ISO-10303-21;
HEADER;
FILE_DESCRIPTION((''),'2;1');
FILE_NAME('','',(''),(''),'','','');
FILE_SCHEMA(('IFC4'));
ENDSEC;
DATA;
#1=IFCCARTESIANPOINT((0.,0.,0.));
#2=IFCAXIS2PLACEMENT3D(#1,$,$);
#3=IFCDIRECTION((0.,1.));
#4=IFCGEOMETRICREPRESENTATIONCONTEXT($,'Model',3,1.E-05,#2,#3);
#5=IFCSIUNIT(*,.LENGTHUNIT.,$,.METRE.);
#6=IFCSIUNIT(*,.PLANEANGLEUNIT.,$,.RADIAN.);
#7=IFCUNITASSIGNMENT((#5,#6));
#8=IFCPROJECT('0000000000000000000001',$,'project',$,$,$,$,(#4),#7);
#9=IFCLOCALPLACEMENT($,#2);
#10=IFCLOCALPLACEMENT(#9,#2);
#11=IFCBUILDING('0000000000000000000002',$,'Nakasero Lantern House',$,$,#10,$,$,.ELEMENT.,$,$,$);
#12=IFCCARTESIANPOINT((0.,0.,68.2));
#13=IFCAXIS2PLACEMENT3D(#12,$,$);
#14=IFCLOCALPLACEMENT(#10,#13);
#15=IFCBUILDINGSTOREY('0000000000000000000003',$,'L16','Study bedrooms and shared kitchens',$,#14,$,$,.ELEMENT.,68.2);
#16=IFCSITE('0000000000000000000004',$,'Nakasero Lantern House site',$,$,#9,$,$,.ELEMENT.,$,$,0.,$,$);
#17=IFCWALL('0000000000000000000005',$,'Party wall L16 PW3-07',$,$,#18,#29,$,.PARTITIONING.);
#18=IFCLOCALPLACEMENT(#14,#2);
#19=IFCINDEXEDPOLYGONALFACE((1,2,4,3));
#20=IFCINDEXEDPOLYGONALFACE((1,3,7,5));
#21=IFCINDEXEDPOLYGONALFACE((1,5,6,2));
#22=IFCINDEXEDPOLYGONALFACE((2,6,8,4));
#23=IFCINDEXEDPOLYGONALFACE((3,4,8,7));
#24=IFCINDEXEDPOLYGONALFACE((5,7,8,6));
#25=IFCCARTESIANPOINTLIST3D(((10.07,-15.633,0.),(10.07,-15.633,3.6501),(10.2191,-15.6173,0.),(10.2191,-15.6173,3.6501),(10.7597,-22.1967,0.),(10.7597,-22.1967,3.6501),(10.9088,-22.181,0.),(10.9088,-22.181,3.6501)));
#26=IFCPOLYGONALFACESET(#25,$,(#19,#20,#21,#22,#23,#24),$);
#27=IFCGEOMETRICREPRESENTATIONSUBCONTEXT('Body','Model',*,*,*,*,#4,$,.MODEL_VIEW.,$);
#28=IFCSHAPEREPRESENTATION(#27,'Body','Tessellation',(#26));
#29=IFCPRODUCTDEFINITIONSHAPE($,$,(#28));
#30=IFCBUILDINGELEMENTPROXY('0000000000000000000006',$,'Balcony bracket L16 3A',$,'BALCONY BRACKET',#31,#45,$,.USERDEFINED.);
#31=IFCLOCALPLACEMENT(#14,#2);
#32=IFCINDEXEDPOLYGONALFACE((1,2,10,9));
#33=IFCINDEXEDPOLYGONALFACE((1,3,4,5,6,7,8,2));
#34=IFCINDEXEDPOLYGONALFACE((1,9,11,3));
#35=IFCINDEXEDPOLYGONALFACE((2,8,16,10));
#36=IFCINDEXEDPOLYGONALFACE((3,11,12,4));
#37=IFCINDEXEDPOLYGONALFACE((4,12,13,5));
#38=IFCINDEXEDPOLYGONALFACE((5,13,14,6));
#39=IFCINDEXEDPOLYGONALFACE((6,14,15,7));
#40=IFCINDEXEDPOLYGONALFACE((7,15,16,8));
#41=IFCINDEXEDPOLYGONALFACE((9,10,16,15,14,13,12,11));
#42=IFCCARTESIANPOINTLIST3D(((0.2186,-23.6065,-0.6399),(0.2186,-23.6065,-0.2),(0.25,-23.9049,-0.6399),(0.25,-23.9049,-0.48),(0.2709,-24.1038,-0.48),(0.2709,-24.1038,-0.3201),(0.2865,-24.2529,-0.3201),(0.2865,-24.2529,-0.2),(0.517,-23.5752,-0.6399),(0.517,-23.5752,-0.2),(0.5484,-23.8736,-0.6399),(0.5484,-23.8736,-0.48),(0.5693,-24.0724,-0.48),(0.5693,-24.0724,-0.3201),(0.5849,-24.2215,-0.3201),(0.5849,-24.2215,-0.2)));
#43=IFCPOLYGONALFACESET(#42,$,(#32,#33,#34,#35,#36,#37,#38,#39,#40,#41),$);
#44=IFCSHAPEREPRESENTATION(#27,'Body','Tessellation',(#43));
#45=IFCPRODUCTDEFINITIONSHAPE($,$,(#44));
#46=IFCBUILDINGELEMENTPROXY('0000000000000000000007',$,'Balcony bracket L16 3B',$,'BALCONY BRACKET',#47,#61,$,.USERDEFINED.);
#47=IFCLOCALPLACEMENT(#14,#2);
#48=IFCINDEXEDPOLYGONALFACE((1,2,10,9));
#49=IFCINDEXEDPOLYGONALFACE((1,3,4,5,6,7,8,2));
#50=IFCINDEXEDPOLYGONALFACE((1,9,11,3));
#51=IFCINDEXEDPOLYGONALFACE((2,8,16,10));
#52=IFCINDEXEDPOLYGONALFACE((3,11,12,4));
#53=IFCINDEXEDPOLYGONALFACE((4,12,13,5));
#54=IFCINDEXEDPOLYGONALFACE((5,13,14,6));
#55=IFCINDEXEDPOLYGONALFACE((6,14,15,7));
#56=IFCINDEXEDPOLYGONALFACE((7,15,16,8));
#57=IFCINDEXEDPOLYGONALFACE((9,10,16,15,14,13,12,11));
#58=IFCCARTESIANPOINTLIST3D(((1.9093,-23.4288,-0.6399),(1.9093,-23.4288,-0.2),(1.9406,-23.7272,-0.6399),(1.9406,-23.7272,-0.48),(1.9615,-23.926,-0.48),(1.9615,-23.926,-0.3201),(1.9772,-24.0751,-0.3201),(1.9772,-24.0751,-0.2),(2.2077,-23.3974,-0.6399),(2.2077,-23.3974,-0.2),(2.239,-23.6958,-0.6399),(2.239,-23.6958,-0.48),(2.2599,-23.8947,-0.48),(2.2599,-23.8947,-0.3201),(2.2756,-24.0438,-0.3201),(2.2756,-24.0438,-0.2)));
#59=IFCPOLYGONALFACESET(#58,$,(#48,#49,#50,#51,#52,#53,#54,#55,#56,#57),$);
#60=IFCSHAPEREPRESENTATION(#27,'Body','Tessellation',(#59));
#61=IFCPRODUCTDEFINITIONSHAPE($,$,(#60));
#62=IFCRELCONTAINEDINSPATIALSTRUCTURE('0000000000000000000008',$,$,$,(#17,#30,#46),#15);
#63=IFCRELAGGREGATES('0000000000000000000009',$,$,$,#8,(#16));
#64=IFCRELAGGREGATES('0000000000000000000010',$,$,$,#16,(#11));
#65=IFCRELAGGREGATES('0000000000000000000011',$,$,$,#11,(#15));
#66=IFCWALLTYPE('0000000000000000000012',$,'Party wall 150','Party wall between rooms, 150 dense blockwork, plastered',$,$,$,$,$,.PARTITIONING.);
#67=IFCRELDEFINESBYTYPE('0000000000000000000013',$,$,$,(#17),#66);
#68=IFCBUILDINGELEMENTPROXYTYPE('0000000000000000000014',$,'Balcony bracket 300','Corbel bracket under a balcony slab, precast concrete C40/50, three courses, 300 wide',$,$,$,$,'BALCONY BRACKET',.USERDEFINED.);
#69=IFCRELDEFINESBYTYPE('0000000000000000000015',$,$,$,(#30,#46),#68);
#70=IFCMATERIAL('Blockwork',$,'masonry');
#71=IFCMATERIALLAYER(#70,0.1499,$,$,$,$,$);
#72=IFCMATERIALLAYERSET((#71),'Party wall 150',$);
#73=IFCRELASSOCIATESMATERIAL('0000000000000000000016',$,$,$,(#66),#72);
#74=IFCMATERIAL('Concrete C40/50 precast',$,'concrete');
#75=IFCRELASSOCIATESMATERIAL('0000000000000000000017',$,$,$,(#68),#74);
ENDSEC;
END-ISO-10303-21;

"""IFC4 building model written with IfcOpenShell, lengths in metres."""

from ifc_helpers import new_model, si_unit, direction, frame, frame_2d, origin, place, context, subcontext, project, spatial, polyline, rectangle, outline, extrude, material, layer, layer_set, type_object, element, save


model = new_model("IFC4")

# Units and contexts
model_context = context("Model", 3, precision=1e-05, world=origin(), true_north=direction((0.0, 1.0)))
body_context = subcontext(model_context, "Body", "Model", "MODEL_VIEW")
ifc_project = project(units=[si_unit("LENGTHUNIT", "METRE"), si_unit("PLANEANGLEUNIT", "RADIAN")], contexts=[model_context])

# Site, building, storey
site_placement = place(None, origin())
site = spatial("IfcSite", under=ifc_project, at=site_placement, Name="Nakasero Lantern House site", CompositionType="ELEMENT", RefElevation=0.0)
building_placement = place(site_placement, origin())
building = spatial("IfcBuilding", under=site, at=building_placement, Name="Nakasero Lantern House", CompositionType="ELEMENT")
storey_placement = place(building_placement, frame((0.0, 0.0, 68.2)))
storey = spatial("IfcBuildingStorey", under=building, at=storey_placement, Name="L16", Description="Study bedrooms and shared kitchens", CompositionType="ELEMENT", Elevation=68.2)

# Wall
ifc_material_1 = material(Name="Blockwork", Category="masonry")
ifc_layer_1 = layer(ifc_material_1, 0.1499)
ifc_layer_set_1 = layer_set([ifc_layer_1], Name="Party wall 150")
wall_type_1 = type_object("IfcWallType", Name="Party wall 150", Description="Party wall between rooms, 150 dense blockwork, plastered", PredefinedType="PARTITIONING", material=ifc_layer_set_1)
wall_1_placement = place(storey_placement, frame((10.1445, -15.6252, 0.0), z_axis=(0.0, 0.0, 1.0), x_axis=(0.104502, -0.994525, 0.0)))
element("IfcWall", 1, at=wall_1_placement, inside=storey, type_object=wall_type_1, Name="Party wall L16 PW3-07", PredefinedType="PARTITIONING", context=body_context, shape_type="SweptSolid", body=[
    extrude(rectangle(XDim=6.5999, YDim=0.1499, at=frame_2d((3.2998, 0.0))), origin(), (0.0, 0.0, 1.0), 3.6501),
])

# Building element proxies
ifc_material_2 = material(Name="Concrete C40/50 precast", Category="concrete")
building_element_proxy_type = type_object("IfcBuildingElementProxyType", Name="Balcony bracket 300", Description="Corbel bracket under a balcony slab, precast concrete C40/50, three courses, 300 wide", ElementType="BALCONY BRACKET", PredefinedType="USERDEFINED", material=ifc_material_2)
for number, where, z_axis, x_axis, name in (
    (2, (0.3679, -23.5908, -0.2), (0.0, 0.0, 1.0), (0.104528, -0.994522, 0.0), "Balcony bracket L16 3A"),
    (3, (2.0586, -23.4131, -0.2), (0.0, 0.0, 1.0), (0.104528, -0.994522, 0.0), "Balcony bracket L16 3B"),
):
    element("IfcBuildingElementProxy", number, at=place(storey_placement, frame(where, z_axis=z_axis, x_axis=x_axis)), inside=storey, type_object=building_element_proxy_type, Name=name, ObjectType="BALCONY BRACKET", PredefinedType="USERDEFINED", context=body_context, shape_type="SweptSolid", body=[
        extrude(outline(polyline([(0.0, 0.0), (0.6499, 0.0), (0.6499, -0.1201), (0.5, -0.1201), (0.5, -0.28), (0.3, -0.28), (0.3, -0.4399), (0.0, -0.4399), (0.0, 0.0)])), frame((0.0, 0.1499, 0.0), z_axis=(0.0, -1.0, 0.0), x_axis=(1.0, 0.0, 0.0)), (0.0, 0.0, 1.0), 0.3),
    ])

save(model, "model.ifc")
